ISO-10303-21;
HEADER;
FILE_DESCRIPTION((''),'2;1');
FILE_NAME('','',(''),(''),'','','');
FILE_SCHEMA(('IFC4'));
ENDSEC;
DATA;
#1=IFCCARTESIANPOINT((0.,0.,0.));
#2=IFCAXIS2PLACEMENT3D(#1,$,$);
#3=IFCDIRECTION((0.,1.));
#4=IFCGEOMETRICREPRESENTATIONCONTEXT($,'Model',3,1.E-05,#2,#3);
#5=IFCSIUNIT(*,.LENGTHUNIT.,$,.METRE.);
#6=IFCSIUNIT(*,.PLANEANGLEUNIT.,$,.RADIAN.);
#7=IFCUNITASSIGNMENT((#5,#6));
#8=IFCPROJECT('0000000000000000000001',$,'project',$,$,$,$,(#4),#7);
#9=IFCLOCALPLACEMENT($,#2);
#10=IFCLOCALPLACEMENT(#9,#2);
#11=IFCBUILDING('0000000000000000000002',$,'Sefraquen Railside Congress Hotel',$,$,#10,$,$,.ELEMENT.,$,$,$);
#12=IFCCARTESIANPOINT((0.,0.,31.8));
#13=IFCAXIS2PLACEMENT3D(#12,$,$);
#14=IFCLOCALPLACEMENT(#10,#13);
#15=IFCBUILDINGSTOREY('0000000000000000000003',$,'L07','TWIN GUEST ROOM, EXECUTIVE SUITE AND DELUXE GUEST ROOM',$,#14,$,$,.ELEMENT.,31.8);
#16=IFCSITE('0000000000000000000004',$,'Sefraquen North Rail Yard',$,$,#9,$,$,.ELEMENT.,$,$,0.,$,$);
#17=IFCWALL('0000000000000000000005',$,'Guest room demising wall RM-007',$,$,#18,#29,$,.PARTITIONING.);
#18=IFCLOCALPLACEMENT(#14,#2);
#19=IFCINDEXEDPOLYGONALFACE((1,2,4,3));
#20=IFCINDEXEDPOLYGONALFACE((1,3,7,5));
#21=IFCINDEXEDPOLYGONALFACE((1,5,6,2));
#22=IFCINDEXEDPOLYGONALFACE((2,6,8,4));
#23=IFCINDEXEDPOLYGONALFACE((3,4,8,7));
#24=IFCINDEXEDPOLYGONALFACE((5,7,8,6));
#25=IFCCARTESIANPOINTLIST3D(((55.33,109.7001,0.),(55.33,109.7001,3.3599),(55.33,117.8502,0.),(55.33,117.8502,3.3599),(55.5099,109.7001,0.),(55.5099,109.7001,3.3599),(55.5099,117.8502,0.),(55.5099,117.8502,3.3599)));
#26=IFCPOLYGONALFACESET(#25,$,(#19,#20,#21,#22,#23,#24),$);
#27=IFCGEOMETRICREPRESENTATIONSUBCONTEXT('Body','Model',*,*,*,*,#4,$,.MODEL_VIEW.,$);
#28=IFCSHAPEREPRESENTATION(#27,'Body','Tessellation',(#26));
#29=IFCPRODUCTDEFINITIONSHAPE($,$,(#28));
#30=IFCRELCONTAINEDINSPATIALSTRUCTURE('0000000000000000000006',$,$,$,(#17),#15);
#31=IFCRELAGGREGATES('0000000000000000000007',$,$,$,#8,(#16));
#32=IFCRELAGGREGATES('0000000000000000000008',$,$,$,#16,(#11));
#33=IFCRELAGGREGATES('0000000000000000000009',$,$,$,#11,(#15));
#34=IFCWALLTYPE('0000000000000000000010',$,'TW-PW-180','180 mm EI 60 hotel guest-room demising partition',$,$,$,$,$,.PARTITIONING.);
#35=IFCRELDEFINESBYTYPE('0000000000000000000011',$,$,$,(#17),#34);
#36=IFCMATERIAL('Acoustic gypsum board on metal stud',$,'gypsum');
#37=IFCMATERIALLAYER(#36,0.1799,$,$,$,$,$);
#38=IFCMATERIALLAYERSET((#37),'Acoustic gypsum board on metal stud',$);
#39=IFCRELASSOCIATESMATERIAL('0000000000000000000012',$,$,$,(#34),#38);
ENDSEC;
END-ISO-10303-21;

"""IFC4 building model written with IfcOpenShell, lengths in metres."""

from ifc_helpers import new_model, si_unit, direction, frame, frame_2d, origin, place, context, subcontext, project, spatial, rectangle, extrude, material, layer, layer_set, type_object, element, save


model = new_model("IFC4")

# Units and contexts
model_context = context("Model", 3, precision=1e-05, world=origin(), true_north=direction((0.0, 1.0)))
body_context = subcontext(model_context, "Body", "Model", "MODEL_VIEW")
ifc_project = project(units=[si_unit("LENGTHUNIT", "METRE"), si_unit("PLANEANGLEUNIT", "RADIAN")], contexts=[model_context])

# Site, building, storey
site_placement = place(None, origin())
site = spatial("IfcSite", under=ifc_project, at=site_placement, Name="Sefraquen North Rail Yard", CompositionType="ELEMENT", RefElevation=0.0)
building_placement = place(site_placement, origin())
building = spatial("IfcBuilding", under=site, at=building_placement, Name="Sefraquen Railside Congress Hotel", CompositionType="ELEMENT")
storey_placement = place(building_placement, frame((0.0, 0.0, 31.8)))
storey = spatial("IfcBuildingStorey", under=building, at=storey_placement, Name="L07", Description="TWIN GUEST ROOM, EXECUTIVE SUITE AND DELUXE GUEST ROOM", CompositionType="ELEMENT", Elevation=31.8)

# Wall
ifc_material_1 = material(Name="Acoustic gypsum board on metal stud", Category="gypsum")
ifc_layer_1 = layer(ifc_material_1, 0.1799)
ifc_layer_set_1 = layer_set([ifc_layer_1], Name="Acoustic gypsum board on metal stud")
wall_type_1 = type_object("IfcWallType", Name="TW-PW-180", Description="180 mm EI 60 hotel guest-room demising partition", PredefinedType="PARTITIONING", material=ifc_layer_set_1)
for number, where, z_axis, x_axis, name in (
    (1, (55.4199, 109.7, 0.0), (0.0, 0.0, 1.0), (0.0, 1.0, 0.0), "Guest room demising wall RM-007"),
):
    element("IfcWall", number, at=place(storey_placement, frame(where, z_axis=z_axis, x_axis=x_axis)), inside=storey, type_object=wall_type_1, Name=name, PredefinedType="PARTITIONING", context=body_context, shape_type="SweptSolid", body=[
        extrude(rectangle(XDim=8.1501, YDim=0.1799, at=frame_2d((4.0752, 0.0))), origin(), (0.0, 0.0, 1.0), 3.3599),
    ])

save(model, "model.ifc")
